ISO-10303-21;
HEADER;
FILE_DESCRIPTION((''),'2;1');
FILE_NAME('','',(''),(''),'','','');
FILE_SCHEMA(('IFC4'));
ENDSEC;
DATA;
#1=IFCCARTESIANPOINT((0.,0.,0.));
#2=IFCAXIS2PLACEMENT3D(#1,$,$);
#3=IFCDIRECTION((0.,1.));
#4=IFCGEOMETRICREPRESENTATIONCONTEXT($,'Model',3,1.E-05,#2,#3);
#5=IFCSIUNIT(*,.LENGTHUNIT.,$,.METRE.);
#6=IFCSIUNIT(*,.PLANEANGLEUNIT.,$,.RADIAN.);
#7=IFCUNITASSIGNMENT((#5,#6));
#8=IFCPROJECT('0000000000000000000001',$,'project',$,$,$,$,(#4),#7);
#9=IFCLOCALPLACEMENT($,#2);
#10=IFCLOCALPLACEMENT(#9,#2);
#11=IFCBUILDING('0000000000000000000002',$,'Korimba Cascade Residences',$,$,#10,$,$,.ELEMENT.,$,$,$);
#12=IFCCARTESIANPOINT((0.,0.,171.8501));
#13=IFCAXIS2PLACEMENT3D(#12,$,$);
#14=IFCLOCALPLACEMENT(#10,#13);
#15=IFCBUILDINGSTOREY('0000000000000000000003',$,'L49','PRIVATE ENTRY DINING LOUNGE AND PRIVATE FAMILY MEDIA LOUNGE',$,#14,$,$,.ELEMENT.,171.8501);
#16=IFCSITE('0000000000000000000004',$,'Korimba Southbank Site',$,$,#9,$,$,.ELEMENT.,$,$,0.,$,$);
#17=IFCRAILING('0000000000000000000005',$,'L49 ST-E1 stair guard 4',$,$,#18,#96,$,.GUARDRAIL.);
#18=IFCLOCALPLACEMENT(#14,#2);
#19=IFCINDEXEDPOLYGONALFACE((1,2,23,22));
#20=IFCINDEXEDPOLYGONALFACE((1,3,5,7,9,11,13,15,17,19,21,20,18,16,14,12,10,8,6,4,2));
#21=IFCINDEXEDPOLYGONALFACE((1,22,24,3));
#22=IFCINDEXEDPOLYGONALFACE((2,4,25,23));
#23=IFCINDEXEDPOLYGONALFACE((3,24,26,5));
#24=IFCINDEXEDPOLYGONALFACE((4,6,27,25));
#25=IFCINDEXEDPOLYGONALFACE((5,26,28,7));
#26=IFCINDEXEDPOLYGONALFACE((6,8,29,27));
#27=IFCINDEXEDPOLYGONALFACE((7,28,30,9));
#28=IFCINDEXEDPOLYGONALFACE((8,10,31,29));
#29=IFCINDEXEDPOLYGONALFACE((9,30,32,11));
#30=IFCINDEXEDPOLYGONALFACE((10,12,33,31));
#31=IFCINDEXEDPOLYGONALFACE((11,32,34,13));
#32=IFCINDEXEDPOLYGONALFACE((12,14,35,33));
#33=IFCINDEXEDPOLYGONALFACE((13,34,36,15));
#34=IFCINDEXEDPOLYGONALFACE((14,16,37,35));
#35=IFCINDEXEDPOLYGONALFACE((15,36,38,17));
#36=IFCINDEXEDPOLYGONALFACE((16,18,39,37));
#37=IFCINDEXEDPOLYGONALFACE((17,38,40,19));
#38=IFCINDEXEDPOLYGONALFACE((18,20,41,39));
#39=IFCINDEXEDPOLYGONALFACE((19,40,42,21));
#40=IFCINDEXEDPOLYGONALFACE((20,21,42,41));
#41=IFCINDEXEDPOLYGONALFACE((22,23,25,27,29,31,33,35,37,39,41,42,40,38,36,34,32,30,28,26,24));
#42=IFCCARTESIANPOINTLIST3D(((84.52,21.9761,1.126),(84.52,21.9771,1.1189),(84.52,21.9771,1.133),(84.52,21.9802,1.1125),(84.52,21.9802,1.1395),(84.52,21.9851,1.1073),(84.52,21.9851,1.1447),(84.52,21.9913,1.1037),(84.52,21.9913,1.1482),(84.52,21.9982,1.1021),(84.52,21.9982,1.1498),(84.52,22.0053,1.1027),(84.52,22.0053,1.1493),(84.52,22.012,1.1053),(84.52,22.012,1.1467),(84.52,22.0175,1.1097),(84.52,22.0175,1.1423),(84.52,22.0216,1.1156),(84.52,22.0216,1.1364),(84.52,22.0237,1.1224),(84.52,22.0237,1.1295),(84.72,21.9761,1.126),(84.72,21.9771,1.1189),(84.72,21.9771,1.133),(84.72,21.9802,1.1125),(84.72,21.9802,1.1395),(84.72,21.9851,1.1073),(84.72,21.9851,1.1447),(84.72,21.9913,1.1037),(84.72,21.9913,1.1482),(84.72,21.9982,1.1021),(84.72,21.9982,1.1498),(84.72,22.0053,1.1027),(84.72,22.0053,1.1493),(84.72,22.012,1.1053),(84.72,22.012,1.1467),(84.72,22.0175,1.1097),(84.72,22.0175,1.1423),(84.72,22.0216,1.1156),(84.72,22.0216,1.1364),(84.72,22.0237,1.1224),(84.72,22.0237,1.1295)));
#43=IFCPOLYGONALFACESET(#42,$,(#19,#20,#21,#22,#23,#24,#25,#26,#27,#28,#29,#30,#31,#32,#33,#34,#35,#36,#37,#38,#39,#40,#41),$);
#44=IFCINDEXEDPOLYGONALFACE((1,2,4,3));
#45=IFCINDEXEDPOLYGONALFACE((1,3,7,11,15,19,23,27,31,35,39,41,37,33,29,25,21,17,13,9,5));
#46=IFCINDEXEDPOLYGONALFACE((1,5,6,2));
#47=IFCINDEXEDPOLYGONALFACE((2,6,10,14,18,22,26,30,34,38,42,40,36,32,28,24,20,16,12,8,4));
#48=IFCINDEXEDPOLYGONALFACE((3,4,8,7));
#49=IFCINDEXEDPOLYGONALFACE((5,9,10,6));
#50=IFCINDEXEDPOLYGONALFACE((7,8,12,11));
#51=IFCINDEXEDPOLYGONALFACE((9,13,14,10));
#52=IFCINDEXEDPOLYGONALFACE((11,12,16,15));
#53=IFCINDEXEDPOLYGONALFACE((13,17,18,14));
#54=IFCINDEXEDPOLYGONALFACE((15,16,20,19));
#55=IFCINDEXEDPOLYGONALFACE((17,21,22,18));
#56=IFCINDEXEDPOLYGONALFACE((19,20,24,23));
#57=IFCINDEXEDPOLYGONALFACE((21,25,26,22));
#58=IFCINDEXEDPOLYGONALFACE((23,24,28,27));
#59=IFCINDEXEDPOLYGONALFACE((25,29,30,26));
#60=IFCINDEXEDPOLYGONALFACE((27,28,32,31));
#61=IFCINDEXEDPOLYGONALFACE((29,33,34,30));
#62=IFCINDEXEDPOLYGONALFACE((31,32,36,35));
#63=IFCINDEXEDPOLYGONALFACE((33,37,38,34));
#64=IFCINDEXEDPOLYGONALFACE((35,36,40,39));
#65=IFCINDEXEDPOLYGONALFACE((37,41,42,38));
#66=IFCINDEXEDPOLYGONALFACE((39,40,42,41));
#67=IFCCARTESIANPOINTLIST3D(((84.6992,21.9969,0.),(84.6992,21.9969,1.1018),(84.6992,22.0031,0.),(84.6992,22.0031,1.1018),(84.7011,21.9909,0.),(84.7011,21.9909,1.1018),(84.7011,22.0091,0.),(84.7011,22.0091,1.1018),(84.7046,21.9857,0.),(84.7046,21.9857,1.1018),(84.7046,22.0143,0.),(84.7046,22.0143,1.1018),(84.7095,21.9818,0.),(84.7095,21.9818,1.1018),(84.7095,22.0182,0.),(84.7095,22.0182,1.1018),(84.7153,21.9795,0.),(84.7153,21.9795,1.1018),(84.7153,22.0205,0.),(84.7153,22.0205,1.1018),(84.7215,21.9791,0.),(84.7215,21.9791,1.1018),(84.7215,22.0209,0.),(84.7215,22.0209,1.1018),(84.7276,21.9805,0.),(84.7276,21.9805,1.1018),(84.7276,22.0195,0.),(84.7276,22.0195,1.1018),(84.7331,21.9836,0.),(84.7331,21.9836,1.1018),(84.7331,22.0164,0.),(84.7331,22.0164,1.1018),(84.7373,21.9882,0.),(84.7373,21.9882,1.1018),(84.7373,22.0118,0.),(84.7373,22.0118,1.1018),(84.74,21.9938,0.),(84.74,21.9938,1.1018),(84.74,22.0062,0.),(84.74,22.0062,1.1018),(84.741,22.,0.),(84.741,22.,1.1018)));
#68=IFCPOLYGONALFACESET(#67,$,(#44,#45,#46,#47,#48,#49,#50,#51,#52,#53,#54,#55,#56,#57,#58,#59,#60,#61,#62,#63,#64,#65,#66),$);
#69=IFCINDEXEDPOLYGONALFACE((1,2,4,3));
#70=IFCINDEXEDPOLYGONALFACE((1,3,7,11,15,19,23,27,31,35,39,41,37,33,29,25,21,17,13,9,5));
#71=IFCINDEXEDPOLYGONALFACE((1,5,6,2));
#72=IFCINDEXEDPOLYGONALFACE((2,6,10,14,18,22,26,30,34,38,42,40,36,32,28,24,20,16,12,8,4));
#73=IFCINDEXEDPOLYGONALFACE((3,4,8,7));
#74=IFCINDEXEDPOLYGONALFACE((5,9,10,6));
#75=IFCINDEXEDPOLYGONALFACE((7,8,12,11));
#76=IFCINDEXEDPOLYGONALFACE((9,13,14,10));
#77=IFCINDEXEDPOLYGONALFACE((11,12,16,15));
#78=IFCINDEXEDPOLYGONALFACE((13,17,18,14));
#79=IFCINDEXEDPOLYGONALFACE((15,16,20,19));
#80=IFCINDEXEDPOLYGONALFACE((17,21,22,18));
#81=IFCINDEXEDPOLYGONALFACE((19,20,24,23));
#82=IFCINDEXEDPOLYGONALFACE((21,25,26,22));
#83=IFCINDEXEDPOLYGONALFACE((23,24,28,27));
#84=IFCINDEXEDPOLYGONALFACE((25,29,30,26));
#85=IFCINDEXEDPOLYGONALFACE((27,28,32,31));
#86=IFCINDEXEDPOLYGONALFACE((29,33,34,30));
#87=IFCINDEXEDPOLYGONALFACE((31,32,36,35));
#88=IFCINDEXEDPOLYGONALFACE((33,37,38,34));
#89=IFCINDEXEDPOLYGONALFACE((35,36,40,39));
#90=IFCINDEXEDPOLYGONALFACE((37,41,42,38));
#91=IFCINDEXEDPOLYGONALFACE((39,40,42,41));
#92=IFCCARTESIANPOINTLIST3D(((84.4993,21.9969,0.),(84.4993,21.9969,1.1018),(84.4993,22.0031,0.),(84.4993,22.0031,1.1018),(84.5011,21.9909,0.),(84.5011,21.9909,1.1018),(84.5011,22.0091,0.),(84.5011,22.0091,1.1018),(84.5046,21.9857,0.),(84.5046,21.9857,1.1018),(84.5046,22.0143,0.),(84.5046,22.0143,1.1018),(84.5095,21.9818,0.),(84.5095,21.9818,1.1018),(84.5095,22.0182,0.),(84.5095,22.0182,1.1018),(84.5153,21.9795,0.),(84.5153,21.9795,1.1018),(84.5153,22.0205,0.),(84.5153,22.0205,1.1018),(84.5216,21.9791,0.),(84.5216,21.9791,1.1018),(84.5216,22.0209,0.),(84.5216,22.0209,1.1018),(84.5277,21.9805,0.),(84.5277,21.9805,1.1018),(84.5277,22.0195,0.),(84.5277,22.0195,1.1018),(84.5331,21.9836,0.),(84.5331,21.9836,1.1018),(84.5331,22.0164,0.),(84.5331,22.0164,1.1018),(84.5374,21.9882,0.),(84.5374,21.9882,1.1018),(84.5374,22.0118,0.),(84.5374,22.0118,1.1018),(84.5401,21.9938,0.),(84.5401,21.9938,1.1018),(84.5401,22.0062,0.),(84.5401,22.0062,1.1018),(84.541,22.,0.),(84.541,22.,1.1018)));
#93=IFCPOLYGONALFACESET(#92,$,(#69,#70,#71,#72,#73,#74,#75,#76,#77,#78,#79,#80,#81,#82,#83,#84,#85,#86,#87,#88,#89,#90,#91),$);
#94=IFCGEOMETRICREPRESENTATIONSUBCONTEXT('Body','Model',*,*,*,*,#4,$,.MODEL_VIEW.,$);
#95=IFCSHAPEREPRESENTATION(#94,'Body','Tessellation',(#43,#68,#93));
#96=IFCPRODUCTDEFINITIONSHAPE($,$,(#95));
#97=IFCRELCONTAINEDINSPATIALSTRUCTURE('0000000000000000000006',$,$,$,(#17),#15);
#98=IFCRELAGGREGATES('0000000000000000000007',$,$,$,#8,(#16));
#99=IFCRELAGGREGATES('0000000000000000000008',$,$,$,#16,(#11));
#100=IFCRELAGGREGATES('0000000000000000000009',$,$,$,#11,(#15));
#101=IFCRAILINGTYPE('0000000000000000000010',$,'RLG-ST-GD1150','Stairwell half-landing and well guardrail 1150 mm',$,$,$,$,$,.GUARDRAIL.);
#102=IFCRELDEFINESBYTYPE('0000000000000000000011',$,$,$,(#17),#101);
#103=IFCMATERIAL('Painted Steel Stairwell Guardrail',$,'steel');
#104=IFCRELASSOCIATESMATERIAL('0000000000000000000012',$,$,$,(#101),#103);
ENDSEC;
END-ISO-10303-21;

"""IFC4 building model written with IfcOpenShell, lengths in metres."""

from ifc_helpers import new_model, si_unit, direction, frame, origin, origin_2d, place, context, subcontext, project, spatial, circle, extrude, material, type_object, element, save


model = new_model("IFC4")

# Units and contexts
model_context = context("Model", 3, precision=1e-05, world=origin(), true_north=direction((0.0, 1.0)))
body_context = subcontext(model_context, "Body", "Model", "MODEL_VIEW")
ifc_project = project(units=[si_unit("LENGTHUNIT", "METRE"), si_unit("PLANEANGLEUNIT", "RADIAN")], contexts=[model_context])

# Site, building, storey
site_placement = place(None, origin())
site = spatial("IfcSite", under=ifc_project, at=site_placement, Name="Korimba Southbank Site", CompositionType="ELEMENT", RefElevation=0.0)
building_placement = place(site_placement, origin())
building = spatial("IfcBuilding", under=site, at=building_placement, Name="Korimba Cascade Residences", CompositionType="ELEMENT")
storey_placement = place(building_placement, frame((0.0, 0.0, 171.8501)))
storey = spatial("IfcBuildingStorey", under=building, at=storey_placement, Name="L49", Description="PRIVATE ENTRY DINING LOUNGE AND PRIVATE FAMILY MEDIA LOUNGE", CompositionType="ELEMENT", Elevation=171.8501)

# Railing
ifc_material_1 = material(Name="Painted Steel Stairwell Guardrail", Category="steel")
railing_type_1 = type_object("IfcRailingType", Name="RLG-ST-GD1150", Description="Stairwell half-landing and well guardrail 1150 mm", PredefinedType="GUARDRAIL", material=ifc_material_1)
railing_1_placement = place(storey_placement, frame((84.72, 22.0, 0.0)))
element("IfcRailing", 1, at=railing_1_placement, inside=storey, type_object=railing_type_1, Name="L49 ST-E1 stair guard 4", PredefinedType="GUARDRAIL", context=body_context, shape_type="SweptSolid", body=[
    extrude(circle(Radius=0.0239, at=origin_2d()), frame((0.0, 0.0, 1.126), z_axis=(-1.0, 0.0, 0.0), x_axis=(0.0, -1.0, 0.0)), (0.0, 0.0, 1.0), 0.2),
    extrude(circle(Radius=0.021, at=origin_2d()), origin(), (0.0, 0.0, 1.0), 1.1018),
    extrude(circle(Radius=0.021, at=origin_2d()), frame((-0.2, 0.0, 0.0)), (0.0, 0.0, 1.0), 1.1018),
])

save(model, "model.ifc")
